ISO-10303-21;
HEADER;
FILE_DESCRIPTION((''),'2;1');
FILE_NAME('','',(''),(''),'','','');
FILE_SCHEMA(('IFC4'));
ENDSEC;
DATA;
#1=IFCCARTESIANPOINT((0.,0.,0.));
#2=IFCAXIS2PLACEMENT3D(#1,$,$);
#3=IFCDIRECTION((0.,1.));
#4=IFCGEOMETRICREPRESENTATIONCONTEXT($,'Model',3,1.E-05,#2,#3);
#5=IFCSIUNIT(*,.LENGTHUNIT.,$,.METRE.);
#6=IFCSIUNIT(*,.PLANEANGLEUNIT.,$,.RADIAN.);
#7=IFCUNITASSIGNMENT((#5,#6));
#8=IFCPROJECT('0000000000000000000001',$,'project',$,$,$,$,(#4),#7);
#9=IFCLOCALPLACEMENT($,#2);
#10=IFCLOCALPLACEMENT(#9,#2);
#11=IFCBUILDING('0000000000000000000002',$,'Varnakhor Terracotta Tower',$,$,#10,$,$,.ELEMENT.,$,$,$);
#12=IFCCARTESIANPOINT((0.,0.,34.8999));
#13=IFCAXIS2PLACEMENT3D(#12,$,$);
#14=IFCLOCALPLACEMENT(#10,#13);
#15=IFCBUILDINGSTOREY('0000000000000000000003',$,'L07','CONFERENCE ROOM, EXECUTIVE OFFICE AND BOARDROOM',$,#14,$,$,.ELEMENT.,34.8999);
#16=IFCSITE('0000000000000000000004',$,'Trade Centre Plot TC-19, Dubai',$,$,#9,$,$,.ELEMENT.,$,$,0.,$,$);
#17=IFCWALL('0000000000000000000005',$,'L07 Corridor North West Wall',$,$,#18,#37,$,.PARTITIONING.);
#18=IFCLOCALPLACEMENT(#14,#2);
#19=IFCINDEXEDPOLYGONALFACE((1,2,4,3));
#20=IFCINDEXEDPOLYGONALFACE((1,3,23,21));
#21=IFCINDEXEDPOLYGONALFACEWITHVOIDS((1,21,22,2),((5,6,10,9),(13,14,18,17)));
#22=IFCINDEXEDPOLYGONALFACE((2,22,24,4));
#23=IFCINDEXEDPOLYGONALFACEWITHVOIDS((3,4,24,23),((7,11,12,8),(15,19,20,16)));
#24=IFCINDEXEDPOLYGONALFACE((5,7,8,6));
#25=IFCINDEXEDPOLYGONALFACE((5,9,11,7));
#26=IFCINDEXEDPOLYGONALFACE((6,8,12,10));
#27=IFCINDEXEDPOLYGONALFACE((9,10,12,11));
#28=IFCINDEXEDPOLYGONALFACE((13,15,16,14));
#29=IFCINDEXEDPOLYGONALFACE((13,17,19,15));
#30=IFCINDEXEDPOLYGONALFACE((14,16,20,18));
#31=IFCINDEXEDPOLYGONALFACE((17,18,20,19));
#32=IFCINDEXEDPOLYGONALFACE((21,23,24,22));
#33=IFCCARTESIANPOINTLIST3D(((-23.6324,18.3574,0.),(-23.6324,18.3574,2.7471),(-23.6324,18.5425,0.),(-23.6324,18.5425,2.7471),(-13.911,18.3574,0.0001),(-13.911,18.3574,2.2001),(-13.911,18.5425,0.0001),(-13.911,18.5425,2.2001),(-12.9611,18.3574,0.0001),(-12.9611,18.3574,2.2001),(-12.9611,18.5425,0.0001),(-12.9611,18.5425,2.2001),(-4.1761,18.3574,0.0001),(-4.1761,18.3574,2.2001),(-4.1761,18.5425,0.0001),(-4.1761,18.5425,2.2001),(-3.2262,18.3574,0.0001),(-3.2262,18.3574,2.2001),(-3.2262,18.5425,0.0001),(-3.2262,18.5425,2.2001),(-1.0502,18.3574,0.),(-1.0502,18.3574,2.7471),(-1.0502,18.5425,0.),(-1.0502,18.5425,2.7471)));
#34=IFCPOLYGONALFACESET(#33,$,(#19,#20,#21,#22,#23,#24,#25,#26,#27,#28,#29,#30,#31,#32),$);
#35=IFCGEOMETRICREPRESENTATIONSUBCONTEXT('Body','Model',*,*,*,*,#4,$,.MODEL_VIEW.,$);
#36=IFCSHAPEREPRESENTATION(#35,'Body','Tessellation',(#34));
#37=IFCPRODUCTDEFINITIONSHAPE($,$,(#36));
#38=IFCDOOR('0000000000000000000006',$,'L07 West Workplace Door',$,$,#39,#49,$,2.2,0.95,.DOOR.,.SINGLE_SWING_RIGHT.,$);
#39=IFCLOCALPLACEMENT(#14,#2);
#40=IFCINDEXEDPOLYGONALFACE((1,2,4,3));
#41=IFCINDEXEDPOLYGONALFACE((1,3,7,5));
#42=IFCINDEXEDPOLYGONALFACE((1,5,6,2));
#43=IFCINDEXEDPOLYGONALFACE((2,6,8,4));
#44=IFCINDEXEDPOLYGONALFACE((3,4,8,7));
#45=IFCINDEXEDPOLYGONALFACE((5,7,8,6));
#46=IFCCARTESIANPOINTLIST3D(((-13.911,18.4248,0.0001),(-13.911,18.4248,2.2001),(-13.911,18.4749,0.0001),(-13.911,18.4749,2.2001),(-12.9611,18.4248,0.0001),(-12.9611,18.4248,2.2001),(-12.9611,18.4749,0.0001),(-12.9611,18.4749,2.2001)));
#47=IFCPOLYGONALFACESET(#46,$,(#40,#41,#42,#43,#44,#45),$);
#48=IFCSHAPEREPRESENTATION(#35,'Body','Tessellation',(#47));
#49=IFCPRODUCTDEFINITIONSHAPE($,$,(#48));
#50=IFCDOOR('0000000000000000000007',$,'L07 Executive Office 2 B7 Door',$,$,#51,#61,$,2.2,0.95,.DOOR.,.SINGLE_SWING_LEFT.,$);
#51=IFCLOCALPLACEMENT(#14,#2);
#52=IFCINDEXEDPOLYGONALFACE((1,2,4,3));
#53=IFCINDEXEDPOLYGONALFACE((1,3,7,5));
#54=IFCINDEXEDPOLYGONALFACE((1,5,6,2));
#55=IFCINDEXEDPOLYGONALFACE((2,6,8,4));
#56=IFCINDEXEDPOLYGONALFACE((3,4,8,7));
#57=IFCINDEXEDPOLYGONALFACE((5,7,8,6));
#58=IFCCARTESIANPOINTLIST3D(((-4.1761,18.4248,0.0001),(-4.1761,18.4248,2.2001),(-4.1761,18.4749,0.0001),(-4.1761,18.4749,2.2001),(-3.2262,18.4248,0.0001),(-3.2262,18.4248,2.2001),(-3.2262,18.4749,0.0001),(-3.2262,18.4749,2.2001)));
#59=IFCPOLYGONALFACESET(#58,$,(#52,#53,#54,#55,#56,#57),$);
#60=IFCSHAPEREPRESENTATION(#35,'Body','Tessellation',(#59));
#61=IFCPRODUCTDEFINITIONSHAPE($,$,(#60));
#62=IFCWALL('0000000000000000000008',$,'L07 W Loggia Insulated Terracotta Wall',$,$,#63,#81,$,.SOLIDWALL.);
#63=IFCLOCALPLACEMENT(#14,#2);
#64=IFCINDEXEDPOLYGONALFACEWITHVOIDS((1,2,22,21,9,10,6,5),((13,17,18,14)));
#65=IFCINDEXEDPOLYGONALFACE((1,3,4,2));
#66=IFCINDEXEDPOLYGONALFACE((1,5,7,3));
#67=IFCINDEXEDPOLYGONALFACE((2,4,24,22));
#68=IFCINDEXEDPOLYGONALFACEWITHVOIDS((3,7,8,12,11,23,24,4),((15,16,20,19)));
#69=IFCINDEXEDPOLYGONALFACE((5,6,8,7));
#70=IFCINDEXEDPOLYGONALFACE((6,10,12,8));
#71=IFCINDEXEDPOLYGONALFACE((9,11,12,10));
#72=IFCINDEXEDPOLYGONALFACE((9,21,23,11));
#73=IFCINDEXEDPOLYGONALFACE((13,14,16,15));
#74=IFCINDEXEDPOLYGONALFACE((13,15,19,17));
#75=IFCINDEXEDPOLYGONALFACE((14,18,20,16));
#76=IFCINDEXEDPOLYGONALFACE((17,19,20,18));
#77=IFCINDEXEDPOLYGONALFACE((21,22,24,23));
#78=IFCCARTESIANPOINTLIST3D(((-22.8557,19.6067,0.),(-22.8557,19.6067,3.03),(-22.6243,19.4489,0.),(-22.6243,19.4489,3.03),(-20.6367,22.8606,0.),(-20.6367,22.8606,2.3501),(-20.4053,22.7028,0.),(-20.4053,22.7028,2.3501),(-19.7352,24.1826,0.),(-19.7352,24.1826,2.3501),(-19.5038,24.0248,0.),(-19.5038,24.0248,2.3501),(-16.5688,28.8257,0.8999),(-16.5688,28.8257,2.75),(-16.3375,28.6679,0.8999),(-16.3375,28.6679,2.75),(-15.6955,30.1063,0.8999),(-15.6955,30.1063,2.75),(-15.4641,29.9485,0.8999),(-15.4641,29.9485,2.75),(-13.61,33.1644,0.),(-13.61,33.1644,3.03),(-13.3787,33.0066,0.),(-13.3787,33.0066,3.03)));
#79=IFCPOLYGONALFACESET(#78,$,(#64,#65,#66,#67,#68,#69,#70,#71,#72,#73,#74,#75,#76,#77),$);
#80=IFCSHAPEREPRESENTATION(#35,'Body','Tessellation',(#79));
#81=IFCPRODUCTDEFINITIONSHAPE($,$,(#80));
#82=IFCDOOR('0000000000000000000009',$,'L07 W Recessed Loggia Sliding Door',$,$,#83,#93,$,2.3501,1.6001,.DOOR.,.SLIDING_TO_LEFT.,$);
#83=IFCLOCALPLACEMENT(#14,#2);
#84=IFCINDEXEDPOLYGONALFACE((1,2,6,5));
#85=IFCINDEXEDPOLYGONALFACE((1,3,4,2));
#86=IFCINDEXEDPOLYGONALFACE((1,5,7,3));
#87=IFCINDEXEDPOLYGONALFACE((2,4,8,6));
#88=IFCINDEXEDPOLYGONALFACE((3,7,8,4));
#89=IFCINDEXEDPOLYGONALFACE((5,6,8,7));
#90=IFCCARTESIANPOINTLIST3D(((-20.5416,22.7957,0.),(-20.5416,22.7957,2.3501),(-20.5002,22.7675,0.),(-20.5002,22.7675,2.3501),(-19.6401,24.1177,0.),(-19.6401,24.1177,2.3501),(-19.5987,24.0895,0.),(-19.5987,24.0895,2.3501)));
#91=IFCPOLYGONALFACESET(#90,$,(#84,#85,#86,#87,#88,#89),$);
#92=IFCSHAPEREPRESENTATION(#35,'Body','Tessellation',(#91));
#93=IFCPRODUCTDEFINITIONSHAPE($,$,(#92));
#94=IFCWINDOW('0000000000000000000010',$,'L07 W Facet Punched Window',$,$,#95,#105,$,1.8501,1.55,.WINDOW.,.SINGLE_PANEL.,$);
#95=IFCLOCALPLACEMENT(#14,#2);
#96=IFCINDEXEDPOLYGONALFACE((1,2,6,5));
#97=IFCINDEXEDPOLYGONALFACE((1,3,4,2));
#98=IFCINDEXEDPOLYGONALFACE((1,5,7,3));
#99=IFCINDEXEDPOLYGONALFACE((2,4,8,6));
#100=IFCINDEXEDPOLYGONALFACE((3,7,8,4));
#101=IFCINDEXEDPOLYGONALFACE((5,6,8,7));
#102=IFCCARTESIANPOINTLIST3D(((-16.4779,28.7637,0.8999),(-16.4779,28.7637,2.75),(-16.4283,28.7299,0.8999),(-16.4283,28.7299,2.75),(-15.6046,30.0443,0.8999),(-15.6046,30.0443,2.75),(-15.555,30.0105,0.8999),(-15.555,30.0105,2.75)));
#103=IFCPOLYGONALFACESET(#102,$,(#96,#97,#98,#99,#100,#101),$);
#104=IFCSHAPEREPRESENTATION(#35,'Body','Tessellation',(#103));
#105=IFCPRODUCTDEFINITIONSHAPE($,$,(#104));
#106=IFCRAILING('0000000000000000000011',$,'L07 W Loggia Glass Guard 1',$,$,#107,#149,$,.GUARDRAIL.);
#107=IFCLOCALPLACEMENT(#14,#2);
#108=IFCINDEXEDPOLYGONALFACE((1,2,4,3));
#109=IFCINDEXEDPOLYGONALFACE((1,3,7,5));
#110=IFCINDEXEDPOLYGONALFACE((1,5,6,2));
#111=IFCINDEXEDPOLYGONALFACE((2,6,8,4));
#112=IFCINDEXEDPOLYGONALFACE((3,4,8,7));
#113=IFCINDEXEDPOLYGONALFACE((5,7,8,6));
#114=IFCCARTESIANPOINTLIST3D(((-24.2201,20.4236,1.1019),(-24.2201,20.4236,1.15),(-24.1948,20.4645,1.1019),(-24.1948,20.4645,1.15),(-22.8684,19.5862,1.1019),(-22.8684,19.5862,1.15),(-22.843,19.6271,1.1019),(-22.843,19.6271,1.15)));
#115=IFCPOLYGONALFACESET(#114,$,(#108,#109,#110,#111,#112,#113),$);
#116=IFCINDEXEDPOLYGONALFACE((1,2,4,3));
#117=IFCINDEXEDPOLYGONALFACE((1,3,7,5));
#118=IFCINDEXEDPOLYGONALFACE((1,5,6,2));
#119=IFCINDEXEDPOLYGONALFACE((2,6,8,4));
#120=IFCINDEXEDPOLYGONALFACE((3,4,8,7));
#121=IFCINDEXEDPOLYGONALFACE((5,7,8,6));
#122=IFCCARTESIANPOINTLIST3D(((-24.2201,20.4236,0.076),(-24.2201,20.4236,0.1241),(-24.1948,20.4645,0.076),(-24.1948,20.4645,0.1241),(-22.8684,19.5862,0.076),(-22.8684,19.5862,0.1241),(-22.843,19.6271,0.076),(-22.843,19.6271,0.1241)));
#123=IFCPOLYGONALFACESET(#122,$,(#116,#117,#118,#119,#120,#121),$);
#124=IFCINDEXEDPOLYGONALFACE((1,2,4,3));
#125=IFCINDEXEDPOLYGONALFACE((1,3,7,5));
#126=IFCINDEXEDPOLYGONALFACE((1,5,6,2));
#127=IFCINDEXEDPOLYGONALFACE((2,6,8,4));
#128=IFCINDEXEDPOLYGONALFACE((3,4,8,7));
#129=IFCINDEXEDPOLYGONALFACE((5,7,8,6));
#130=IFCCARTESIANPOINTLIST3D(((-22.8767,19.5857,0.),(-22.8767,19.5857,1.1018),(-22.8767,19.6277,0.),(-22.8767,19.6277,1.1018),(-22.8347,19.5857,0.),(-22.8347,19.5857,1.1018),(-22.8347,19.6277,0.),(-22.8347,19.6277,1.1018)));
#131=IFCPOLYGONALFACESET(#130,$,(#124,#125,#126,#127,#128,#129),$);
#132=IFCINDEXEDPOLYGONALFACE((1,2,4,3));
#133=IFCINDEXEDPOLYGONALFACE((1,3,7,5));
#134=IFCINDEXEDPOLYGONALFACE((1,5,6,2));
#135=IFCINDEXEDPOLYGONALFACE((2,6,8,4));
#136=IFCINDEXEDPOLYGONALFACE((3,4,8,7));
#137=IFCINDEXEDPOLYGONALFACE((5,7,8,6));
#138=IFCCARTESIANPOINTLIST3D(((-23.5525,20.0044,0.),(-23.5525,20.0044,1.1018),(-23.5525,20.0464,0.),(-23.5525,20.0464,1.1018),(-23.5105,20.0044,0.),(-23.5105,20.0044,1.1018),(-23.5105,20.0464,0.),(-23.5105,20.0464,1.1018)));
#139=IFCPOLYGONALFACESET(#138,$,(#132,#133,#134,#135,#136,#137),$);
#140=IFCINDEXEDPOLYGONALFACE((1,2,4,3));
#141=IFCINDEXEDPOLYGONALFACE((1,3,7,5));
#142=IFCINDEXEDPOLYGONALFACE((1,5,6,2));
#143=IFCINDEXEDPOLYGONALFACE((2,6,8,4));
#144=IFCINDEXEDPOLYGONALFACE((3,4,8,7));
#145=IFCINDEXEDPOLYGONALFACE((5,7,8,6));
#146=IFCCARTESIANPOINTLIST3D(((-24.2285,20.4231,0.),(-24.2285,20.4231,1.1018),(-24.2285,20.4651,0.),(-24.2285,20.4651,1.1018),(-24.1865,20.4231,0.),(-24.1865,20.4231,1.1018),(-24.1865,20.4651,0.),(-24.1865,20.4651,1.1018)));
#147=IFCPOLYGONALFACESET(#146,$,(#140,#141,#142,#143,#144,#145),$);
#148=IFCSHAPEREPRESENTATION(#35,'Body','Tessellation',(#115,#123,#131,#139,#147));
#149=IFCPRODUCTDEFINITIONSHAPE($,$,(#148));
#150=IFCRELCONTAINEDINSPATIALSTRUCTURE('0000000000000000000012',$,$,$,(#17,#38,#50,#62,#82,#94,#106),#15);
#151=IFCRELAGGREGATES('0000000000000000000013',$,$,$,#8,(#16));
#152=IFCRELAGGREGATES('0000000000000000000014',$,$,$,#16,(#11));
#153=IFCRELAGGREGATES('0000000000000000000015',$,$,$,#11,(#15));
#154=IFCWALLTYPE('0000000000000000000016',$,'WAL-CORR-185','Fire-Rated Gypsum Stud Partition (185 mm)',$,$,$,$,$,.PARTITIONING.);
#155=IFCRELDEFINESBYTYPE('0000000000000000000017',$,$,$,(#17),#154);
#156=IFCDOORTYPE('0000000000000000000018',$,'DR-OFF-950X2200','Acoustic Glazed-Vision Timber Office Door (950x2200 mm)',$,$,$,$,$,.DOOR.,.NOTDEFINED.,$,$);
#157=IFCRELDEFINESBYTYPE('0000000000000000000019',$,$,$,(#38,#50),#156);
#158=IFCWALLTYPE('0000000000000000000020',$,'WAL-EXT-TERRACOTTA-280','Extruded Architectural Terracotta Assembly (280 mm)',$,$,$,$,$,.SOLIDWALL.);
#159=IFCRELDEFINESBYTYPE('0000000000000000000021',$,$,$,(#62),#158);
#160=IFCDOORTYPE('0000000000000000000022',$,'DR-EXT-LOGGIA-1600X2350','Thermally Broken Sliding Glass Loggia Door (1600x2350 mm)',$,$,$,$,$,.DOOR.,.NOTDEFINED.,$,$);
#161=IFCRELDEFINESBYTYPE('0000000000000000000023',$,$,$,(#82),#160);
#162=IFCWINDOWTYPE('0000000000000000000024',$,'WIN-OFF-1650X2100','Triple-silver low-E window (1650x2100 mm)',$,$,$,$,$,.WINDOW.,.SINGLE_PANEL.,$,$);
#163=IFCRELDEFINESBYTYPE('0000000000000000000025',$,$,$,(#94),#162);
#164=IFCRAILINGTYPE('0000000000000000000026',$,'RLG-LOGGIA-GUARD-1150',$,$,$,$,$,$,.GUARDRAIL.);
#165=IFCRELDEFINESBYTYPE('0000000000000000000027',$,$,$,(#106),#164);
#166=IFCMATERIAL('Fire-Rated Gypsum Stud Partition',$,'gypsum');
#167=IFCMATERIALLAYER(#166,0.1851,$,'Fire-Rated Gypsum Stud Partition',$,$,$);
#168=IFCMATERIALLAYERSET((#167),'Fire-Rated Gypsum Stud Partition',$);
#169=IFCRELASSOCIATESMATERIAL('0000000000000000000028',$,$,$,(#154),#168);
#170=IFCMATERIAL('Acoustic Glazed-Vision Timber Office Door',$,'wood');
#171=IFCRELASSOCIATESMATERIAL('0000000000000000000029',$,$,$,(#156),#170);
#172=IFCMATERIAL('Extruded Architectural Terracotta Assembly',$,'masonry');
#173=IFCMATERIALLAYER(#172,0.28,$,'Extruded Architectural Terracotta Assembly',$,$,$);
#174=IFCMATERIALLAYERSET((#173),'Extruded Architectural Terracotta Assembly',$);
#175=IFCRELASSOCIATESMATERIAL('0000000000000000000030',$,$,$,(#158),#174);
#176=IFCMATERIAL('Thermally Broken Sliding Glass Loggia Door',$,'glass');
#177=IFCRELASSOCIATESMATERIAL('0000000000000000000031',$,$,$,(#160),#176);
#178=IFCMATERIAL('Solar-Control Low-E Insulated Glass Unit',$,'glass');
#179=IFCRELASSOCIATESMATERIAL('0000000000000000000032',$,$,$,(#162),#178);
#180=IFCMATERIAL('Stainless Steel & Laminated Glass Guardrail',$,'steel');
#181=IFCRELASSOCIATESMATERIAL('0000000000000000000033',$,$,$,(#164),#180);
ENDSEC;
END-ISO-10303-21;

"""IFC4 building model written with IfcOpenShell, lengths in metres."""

from ifc_helpers import new_model, si_unit, direction, frame, frame_2d, origin, origin_2d, place, context, subcontext, project, spatial, rectangle, extrude, source, transform, mapped, material, layer, layer_set, type_object, type_shapes, element, fill, save


model = new_model("IFC4")

# Units and contexts
model_context = context("Model", 3, precision=1e-05, world=origin(), true_north=direction((0.0, 1.0)))
body_context = subcontext(model_context, "Body", "Model", "MODEL_VIEW")
ifc_project = project(units=[si_unit("LENGTHUNIT", "METRE"), si_unit("PLANEANGLEUNIT", "RADIAN")], contexts=[model_context])

# Site, building, storey
site_placement = place(None, origin())
site = spatial("IfcSite", under=ifc_project, at=site_placement, Name="Trade Centre Plot TC-19, Dubai", CompositionType="ELEMENT", RefElevation=0.0)
building_placement = place(site_placement, origin())
building = spatial("IfcBuilding", under=site, at=building_placement, Name="Varnakhor Terracotta Tower", CompositionType="ELEMENT")
storey_placement = place(building_placement, frame((0.0, 0.0, 34.8999)))
storey = spatial("IfcBuildingStorey", under=building, at=storey_placement, Name="L07", Description="CONFERENCE ROOM, EXECUTIVE OFFICE AND BOARDROOM", CompositionType="ELEMENT", Elevation=34.8999)

# Shared definitions
ifc_material_1 = material(Name="Fire-Rated Gypsum Stud Partition", Category="gypsum")
ifc_layer_1 = layer(ifc_material_1, 0.1851, Name="Fire-Rated Gypsum Stud Partition")
ifc_layer_set_1 = layer_set([ifc_layer_1], Name="Fire-Rated Gypsum Stud Partition")
wall_type_1 = type_object("IfcWallType", Name="WAL-CORR-185", Description="Fire-Rated Gypsum Stud Partition (185 mm)", PredefinedType="PARTITIONING", material=ifc_layer_set_1)
ifc_material_2 = material(Name="Acoustic Glazed-Vision Timber Office Door", Category="wood")
door_type_1 = type_object("IfcDoorType", Name="DR-OFF-950X2200", Description="Acoustic Glazed-Vision Timber Office Door (950x2200 mm)", OperationType="NOTDEFINED", PredefinedType="DOOR", material=ifc_material_2)
shared_shape_1 = source(origin(), body_context, "Body", "SweptSolid", [
    extrude(rectangle(XDim=0.95, YDim=2.2, at=frame_2d((0.4751, 1.1001))), frame((0.0, 0.0249, 0.0), z_axis=(0.0, -1.0, 0.0), x_axis=(1.0, 0.0, 0.0)), (0.0, 0.0, 1.0), 0.05),
])
type_shapes(door_type_1, [shared_shape_1])

# Wall, openings, doors
wall_1_placement = place(storey_placement, frame((-23.6323, 18.45, 0.0), z_axis=(0.0, 0.0, 1.0), x_axis=(1.0, 0.0, 0.0)))
wall_1 = element("IfcWall", 1, at=wall_1_placement, inside=storey, type_object=wall_type_1, Name="L07 Corridor North West Wall", PredefinedType="PARTITIONING", context=body_context, shape_type="SweptSolid", body=[
    extrude(rectangle(XDim=22.5823, YDim=0.1851, at=frame_2d((11.291, 0.0))), origin(), (0.0, 0.0, 1.0), 2.7471),
])
opening_1_placement = place(wall_1_placement, frame((9.7212, 0.0, 0.0)))
opening_1 = element("IfcOpeningElement", 2, at=opening_1_placement, cuts=wall_1, PredefinedType="OPENING", context=body_context, shape_type="SweptSolid", body=[
    extrude(rectangle(XDim=0.95, YDim=2.2, at=frame_2d((0.4751, 1.1001))), frame((0.0, 0.1025, 0.0), z_axis=(0.0, -1.0, 0.0), x_axis=(1.0, 0.0, 0.0)), (0.0, 0.0, 1.0), 0.2051),
])
opening_2_placement = place(wall_1_placement, frame((19.4561, 0.0, 0.0)))
opening_2 = element("IfcOpeningElement", 3, at=opening_2_placement, cuts=wall_1, PredefinedType="OPENING", context=body_context, shape_type="SweptSolid", body=[
    extrude(rectangle(XDim=0.95, YDim=2.2, at=frame_2d((0.4751, 1.1001))), frame((0.0, 0.1025, 0.0), z_axis=(0.0, -1.0, 0.0), x_axis=(1.0, 0.0, 0.0)), (0.0, 0.0, 1.0), 0.2051),
])
door_1_placement = place(opening_1_placement, origin())
door_1 = element("IfcDoor", 4, at=door_1_placement, inside=storey, type_object=door_type_1, Name="L07 West Workplace Door", OperationType="SINGLE_SWING_RIGHT", OverallHeight=2.2, OverallWidth=0.95, PredefinedType="DOOR", context=body_context, shape_type="MappedRepresentation", body=[
    mapped(shared_shape_1, transform((0.0, 0.0, 0.0), scale=1.0)),
])
fill(opening_1, door_1)
door_2_placement = place(opening_2_placement, origin())
door_2 = element("IfcDoor", 5, at=door_2_placement, inside=storey, type_object=door_type_1, Name="L07 Executive Office 2 B7 Door", OperationType="SINGLE_SWING_LEFT", OverallHeight=2.2, OverallWidth=0.95, PredefinedType="DOOR", context=body_context, shape_type="MappedRepresentation", body=[
    mapped(shared_shape_1, transform((0.0, 0.0, 0.0), scale=1.0)),
])
fill(opening_2, door_2)

# Wall, openings, door, window
ifc_material_3 = material(Name="Extruded Architectural Terracotta Assembly", Category="masonry")
ifc_layer_2 = layer(ifc_material_3, 0.28, Name="Extruded Architectural Terracotta Assembly")
ifc_layer_set_2 = layer_set([ifc_layer_2], Name="Extruded Architectural Terracotta Assembly")
wall_type_2 = type_object("IfcWallType", Name="WAL-EXT-TERRACOTTA-280", Description="Extruded Architectural Terracotta Assembly (280 mm)", PredefinedType="SOLIDWALL", material=ifc_layer_set_2)
wall_2_placement = place(storey_placement, frame((-22.74, 19.5278, 0.0), z_axis=(0.0, 0.0, 1.0), x_axis=(0.563411, 0.826177, 0.0)))
wall_2 = element("IfcWall", 6, at=wall_2_placement, inside=storey, type_object=wall_type_2, Name="L07 W Loggia Insulated Terracotta Wall", PredefinedType="SOLIDWALL", context=body_context, shape_type="SweptSolid", body=[
    extrude(rectangle(XDim=16.4102, YDim=0.28, at=frame_2d((8.2051, 0.0))), origin(), (0.0, 0.0, 1.0), 3.03),
])
opening_3_placement = place(wall_2_placement, frame((3.9385, 0.0, 0.0)))
opening_3 = element("IfcOpeningElement", 7, at=opening_3_placement, cuts=wall_2, PredefinedType="OPENING", context=body_context, shape_type="SweptSolid", body=[
    extrude(rectangle(XDim=1.6001, YDim=2.3501, at=frame_2d((0.8, 1.175))), frame((0.0, 0.1499, 0.0), z_axis=(0.0, -1.0, 0.0), x_axis=(1.0, 0.0, 0.0)), (0.0, 0.0, 1.0), 0.3),
])
opening_4_placement = place(wall_2_placement, frame((11.1587, 0.0, 0.8999)))
opening_4 = element("IfcOpeningElement", 8, at=opening_4_placement, cuts=wall_2, PredefinedType="OPENING", context=body_context, shape_type="SweptSolid", body=[
    extrude(rectangle(XDim=1.55, YDim=1.8501, at=frame_2d((0.7749, 0.925))), frame((0.0, 0.1499, 0.0), z_axis=(0.0, -1.0, 0.0), x_axis=(1.0, 0.0, 0.0)), (0.0, 0.0, 1.0), 0.3),
])
ifc_material_4 = material(Name="Thermally Broken Sliding Glass Loggia Door", Category="glass")
door_type_2 = type_object("IfcDoorType", Name="DR-EXT-LOGGIA-1600X2350", Description="Thermally Broken Sliding Glass Loggia Door (1600x2350 mm)", OperationType="NOTDEFINED", PredefinedType="DOOR", material=ifc_material_4)
shared_shape_2 = source(origin(), body_context, "Body", "SweptSolid", [
    extrude(rectangle(XDim=1.6001, YDim=2.3501, at=frame_2d((0.8, 1.175))), frame((0.0, 0.0249, 0.0), z_axis=(0.0, -1.0, 0.0), x_axis=(1.0, 0.0, 0.0)), (0.0, 0.0, 1.0), 0.05),
])
type_shapes(door_type_2, [shared_shape_2])
door_3_placement = place(opening_3_placement, origin())
door_3 = element("IfcDoor", 9, at=door_3_placement, inside=storey, type_object=door_type_2, Name="L07 W Recessed Loggia Sliding Door", OperationType="SLIDING_TO_LEFT", OverallHeight=2.3501, OverallWidth=1.6001, PredefinedType="DOOR", context=body_context, shape_type="MappedRepresentation", body=[
    mapped(shared_shape_2, transform((0.0, 0.0, 0.0), scale=1.0)),
])
fill(opening_3, door_3)
ifc_material_5 = material(Name="Solar-Control Low-E Insulated Glass Unit", Category="glass")
window_type = type_object("IfcWindowType", Name="WIN-OFF-1650X2100", Description="Triple-silver low-E window (1650x2100 mm)", PartitioningType="SINGLE_PANEL", PredefinedType="WINDOW", material=ifc_material_5)
shared_shape_3 = source(origin(), body_context, "Body", "SweptSolid", [
    extrude(rectangle(XDim=1.55, YDim=1.8501, at=frame_2d((0.7749, 0.925))), frame((0.0, 0.03, 0.0), z_axis=(0.0, -1.0, 0.0), x_axis=(1.0, 0.0, 0.0)), (0.0, 0.0, 1.0), 0.0601),
])
type_shapes(window_type, [shared_shape_3])
window_placement = place(opening_4_placement, origin())
window = element("IfcWindow", 10, at=window_placement, inside=storey, type_object=window_type, Name="L07 W Facet Punched Window", OverallHeight=1.8501, OverallWidth=1.55, PartitioningType="SINGLE_PANEL", PredefinedType="WINDOW", context=body_context, shape_type="MappedRepresentation", body=[
    mapped(shared_shape_3, transform((0.0, 0.0, 0.0), scale=1.0)),
])
fill(opening_4, window)

# Railing
ifc_material_6 = material(Name="Stainless Steel & Laminated Glass Guardrail", Category="steel")
railing_type = type_object("IfcRailingType", Name="RLG-LOGGIA-GUARD-1150", PredefinedType="GUARDRAIL", material=ifc_material_6)
railing_1_placement = place(storey_placement, frame((-22.8557, 19.6067, 0.0)))
element("IfcRailing", 11, at=railing_1_placement, inside=storey, type_object=railing_type, Name="L07 W Loggia Glass Guard 1", PredefinedType="GUARDRAIL", context=body_context, shape_type="SweptSolid", body=[
    extrude(rectangle(XDim=0.0481, YDim=0.0481, at=origin_2d()), frame((0.0, 0.0, 1.126), z_axis=(-0.850105, 0.526614, 0.0), x_axis=(-0.526614, -0.850105, 0.0)), (0.0, 0.0, 1.0), 1.5901),
    extrude(rectangle(XDim=0.0481, YDim=0.0481, at=origin_2d()), frame((0.0, 0.0, 0.1001), z_axis=(-0.850105, 0.526614, 0.0), x_axis=(-0.526614, -0.850105, 0.0)), (0.0, 0.0, 1.0), 1.5901),
    extrude(rectangle(XDim=0.042, YDim=0.042, at=origin_2d()), origin(), (0.0, 0.0, 1.0), 1.1018),
    extrude(rectangle(XDim=0.042, YDim=0.042, at=origin_2d()), frame((-0.6758, 0.4187, 0.0)), (0.0, 0.0, 1.0), 1.1018),
    extrude(rectangle(XDim=0.042, YDim=0.042, at=origin_2d()), frame((-1.3518, 0.8374, 0.0)), (0.0, 0.0, 1.0), 1.1018),
])

save(model, "model.ifc")
